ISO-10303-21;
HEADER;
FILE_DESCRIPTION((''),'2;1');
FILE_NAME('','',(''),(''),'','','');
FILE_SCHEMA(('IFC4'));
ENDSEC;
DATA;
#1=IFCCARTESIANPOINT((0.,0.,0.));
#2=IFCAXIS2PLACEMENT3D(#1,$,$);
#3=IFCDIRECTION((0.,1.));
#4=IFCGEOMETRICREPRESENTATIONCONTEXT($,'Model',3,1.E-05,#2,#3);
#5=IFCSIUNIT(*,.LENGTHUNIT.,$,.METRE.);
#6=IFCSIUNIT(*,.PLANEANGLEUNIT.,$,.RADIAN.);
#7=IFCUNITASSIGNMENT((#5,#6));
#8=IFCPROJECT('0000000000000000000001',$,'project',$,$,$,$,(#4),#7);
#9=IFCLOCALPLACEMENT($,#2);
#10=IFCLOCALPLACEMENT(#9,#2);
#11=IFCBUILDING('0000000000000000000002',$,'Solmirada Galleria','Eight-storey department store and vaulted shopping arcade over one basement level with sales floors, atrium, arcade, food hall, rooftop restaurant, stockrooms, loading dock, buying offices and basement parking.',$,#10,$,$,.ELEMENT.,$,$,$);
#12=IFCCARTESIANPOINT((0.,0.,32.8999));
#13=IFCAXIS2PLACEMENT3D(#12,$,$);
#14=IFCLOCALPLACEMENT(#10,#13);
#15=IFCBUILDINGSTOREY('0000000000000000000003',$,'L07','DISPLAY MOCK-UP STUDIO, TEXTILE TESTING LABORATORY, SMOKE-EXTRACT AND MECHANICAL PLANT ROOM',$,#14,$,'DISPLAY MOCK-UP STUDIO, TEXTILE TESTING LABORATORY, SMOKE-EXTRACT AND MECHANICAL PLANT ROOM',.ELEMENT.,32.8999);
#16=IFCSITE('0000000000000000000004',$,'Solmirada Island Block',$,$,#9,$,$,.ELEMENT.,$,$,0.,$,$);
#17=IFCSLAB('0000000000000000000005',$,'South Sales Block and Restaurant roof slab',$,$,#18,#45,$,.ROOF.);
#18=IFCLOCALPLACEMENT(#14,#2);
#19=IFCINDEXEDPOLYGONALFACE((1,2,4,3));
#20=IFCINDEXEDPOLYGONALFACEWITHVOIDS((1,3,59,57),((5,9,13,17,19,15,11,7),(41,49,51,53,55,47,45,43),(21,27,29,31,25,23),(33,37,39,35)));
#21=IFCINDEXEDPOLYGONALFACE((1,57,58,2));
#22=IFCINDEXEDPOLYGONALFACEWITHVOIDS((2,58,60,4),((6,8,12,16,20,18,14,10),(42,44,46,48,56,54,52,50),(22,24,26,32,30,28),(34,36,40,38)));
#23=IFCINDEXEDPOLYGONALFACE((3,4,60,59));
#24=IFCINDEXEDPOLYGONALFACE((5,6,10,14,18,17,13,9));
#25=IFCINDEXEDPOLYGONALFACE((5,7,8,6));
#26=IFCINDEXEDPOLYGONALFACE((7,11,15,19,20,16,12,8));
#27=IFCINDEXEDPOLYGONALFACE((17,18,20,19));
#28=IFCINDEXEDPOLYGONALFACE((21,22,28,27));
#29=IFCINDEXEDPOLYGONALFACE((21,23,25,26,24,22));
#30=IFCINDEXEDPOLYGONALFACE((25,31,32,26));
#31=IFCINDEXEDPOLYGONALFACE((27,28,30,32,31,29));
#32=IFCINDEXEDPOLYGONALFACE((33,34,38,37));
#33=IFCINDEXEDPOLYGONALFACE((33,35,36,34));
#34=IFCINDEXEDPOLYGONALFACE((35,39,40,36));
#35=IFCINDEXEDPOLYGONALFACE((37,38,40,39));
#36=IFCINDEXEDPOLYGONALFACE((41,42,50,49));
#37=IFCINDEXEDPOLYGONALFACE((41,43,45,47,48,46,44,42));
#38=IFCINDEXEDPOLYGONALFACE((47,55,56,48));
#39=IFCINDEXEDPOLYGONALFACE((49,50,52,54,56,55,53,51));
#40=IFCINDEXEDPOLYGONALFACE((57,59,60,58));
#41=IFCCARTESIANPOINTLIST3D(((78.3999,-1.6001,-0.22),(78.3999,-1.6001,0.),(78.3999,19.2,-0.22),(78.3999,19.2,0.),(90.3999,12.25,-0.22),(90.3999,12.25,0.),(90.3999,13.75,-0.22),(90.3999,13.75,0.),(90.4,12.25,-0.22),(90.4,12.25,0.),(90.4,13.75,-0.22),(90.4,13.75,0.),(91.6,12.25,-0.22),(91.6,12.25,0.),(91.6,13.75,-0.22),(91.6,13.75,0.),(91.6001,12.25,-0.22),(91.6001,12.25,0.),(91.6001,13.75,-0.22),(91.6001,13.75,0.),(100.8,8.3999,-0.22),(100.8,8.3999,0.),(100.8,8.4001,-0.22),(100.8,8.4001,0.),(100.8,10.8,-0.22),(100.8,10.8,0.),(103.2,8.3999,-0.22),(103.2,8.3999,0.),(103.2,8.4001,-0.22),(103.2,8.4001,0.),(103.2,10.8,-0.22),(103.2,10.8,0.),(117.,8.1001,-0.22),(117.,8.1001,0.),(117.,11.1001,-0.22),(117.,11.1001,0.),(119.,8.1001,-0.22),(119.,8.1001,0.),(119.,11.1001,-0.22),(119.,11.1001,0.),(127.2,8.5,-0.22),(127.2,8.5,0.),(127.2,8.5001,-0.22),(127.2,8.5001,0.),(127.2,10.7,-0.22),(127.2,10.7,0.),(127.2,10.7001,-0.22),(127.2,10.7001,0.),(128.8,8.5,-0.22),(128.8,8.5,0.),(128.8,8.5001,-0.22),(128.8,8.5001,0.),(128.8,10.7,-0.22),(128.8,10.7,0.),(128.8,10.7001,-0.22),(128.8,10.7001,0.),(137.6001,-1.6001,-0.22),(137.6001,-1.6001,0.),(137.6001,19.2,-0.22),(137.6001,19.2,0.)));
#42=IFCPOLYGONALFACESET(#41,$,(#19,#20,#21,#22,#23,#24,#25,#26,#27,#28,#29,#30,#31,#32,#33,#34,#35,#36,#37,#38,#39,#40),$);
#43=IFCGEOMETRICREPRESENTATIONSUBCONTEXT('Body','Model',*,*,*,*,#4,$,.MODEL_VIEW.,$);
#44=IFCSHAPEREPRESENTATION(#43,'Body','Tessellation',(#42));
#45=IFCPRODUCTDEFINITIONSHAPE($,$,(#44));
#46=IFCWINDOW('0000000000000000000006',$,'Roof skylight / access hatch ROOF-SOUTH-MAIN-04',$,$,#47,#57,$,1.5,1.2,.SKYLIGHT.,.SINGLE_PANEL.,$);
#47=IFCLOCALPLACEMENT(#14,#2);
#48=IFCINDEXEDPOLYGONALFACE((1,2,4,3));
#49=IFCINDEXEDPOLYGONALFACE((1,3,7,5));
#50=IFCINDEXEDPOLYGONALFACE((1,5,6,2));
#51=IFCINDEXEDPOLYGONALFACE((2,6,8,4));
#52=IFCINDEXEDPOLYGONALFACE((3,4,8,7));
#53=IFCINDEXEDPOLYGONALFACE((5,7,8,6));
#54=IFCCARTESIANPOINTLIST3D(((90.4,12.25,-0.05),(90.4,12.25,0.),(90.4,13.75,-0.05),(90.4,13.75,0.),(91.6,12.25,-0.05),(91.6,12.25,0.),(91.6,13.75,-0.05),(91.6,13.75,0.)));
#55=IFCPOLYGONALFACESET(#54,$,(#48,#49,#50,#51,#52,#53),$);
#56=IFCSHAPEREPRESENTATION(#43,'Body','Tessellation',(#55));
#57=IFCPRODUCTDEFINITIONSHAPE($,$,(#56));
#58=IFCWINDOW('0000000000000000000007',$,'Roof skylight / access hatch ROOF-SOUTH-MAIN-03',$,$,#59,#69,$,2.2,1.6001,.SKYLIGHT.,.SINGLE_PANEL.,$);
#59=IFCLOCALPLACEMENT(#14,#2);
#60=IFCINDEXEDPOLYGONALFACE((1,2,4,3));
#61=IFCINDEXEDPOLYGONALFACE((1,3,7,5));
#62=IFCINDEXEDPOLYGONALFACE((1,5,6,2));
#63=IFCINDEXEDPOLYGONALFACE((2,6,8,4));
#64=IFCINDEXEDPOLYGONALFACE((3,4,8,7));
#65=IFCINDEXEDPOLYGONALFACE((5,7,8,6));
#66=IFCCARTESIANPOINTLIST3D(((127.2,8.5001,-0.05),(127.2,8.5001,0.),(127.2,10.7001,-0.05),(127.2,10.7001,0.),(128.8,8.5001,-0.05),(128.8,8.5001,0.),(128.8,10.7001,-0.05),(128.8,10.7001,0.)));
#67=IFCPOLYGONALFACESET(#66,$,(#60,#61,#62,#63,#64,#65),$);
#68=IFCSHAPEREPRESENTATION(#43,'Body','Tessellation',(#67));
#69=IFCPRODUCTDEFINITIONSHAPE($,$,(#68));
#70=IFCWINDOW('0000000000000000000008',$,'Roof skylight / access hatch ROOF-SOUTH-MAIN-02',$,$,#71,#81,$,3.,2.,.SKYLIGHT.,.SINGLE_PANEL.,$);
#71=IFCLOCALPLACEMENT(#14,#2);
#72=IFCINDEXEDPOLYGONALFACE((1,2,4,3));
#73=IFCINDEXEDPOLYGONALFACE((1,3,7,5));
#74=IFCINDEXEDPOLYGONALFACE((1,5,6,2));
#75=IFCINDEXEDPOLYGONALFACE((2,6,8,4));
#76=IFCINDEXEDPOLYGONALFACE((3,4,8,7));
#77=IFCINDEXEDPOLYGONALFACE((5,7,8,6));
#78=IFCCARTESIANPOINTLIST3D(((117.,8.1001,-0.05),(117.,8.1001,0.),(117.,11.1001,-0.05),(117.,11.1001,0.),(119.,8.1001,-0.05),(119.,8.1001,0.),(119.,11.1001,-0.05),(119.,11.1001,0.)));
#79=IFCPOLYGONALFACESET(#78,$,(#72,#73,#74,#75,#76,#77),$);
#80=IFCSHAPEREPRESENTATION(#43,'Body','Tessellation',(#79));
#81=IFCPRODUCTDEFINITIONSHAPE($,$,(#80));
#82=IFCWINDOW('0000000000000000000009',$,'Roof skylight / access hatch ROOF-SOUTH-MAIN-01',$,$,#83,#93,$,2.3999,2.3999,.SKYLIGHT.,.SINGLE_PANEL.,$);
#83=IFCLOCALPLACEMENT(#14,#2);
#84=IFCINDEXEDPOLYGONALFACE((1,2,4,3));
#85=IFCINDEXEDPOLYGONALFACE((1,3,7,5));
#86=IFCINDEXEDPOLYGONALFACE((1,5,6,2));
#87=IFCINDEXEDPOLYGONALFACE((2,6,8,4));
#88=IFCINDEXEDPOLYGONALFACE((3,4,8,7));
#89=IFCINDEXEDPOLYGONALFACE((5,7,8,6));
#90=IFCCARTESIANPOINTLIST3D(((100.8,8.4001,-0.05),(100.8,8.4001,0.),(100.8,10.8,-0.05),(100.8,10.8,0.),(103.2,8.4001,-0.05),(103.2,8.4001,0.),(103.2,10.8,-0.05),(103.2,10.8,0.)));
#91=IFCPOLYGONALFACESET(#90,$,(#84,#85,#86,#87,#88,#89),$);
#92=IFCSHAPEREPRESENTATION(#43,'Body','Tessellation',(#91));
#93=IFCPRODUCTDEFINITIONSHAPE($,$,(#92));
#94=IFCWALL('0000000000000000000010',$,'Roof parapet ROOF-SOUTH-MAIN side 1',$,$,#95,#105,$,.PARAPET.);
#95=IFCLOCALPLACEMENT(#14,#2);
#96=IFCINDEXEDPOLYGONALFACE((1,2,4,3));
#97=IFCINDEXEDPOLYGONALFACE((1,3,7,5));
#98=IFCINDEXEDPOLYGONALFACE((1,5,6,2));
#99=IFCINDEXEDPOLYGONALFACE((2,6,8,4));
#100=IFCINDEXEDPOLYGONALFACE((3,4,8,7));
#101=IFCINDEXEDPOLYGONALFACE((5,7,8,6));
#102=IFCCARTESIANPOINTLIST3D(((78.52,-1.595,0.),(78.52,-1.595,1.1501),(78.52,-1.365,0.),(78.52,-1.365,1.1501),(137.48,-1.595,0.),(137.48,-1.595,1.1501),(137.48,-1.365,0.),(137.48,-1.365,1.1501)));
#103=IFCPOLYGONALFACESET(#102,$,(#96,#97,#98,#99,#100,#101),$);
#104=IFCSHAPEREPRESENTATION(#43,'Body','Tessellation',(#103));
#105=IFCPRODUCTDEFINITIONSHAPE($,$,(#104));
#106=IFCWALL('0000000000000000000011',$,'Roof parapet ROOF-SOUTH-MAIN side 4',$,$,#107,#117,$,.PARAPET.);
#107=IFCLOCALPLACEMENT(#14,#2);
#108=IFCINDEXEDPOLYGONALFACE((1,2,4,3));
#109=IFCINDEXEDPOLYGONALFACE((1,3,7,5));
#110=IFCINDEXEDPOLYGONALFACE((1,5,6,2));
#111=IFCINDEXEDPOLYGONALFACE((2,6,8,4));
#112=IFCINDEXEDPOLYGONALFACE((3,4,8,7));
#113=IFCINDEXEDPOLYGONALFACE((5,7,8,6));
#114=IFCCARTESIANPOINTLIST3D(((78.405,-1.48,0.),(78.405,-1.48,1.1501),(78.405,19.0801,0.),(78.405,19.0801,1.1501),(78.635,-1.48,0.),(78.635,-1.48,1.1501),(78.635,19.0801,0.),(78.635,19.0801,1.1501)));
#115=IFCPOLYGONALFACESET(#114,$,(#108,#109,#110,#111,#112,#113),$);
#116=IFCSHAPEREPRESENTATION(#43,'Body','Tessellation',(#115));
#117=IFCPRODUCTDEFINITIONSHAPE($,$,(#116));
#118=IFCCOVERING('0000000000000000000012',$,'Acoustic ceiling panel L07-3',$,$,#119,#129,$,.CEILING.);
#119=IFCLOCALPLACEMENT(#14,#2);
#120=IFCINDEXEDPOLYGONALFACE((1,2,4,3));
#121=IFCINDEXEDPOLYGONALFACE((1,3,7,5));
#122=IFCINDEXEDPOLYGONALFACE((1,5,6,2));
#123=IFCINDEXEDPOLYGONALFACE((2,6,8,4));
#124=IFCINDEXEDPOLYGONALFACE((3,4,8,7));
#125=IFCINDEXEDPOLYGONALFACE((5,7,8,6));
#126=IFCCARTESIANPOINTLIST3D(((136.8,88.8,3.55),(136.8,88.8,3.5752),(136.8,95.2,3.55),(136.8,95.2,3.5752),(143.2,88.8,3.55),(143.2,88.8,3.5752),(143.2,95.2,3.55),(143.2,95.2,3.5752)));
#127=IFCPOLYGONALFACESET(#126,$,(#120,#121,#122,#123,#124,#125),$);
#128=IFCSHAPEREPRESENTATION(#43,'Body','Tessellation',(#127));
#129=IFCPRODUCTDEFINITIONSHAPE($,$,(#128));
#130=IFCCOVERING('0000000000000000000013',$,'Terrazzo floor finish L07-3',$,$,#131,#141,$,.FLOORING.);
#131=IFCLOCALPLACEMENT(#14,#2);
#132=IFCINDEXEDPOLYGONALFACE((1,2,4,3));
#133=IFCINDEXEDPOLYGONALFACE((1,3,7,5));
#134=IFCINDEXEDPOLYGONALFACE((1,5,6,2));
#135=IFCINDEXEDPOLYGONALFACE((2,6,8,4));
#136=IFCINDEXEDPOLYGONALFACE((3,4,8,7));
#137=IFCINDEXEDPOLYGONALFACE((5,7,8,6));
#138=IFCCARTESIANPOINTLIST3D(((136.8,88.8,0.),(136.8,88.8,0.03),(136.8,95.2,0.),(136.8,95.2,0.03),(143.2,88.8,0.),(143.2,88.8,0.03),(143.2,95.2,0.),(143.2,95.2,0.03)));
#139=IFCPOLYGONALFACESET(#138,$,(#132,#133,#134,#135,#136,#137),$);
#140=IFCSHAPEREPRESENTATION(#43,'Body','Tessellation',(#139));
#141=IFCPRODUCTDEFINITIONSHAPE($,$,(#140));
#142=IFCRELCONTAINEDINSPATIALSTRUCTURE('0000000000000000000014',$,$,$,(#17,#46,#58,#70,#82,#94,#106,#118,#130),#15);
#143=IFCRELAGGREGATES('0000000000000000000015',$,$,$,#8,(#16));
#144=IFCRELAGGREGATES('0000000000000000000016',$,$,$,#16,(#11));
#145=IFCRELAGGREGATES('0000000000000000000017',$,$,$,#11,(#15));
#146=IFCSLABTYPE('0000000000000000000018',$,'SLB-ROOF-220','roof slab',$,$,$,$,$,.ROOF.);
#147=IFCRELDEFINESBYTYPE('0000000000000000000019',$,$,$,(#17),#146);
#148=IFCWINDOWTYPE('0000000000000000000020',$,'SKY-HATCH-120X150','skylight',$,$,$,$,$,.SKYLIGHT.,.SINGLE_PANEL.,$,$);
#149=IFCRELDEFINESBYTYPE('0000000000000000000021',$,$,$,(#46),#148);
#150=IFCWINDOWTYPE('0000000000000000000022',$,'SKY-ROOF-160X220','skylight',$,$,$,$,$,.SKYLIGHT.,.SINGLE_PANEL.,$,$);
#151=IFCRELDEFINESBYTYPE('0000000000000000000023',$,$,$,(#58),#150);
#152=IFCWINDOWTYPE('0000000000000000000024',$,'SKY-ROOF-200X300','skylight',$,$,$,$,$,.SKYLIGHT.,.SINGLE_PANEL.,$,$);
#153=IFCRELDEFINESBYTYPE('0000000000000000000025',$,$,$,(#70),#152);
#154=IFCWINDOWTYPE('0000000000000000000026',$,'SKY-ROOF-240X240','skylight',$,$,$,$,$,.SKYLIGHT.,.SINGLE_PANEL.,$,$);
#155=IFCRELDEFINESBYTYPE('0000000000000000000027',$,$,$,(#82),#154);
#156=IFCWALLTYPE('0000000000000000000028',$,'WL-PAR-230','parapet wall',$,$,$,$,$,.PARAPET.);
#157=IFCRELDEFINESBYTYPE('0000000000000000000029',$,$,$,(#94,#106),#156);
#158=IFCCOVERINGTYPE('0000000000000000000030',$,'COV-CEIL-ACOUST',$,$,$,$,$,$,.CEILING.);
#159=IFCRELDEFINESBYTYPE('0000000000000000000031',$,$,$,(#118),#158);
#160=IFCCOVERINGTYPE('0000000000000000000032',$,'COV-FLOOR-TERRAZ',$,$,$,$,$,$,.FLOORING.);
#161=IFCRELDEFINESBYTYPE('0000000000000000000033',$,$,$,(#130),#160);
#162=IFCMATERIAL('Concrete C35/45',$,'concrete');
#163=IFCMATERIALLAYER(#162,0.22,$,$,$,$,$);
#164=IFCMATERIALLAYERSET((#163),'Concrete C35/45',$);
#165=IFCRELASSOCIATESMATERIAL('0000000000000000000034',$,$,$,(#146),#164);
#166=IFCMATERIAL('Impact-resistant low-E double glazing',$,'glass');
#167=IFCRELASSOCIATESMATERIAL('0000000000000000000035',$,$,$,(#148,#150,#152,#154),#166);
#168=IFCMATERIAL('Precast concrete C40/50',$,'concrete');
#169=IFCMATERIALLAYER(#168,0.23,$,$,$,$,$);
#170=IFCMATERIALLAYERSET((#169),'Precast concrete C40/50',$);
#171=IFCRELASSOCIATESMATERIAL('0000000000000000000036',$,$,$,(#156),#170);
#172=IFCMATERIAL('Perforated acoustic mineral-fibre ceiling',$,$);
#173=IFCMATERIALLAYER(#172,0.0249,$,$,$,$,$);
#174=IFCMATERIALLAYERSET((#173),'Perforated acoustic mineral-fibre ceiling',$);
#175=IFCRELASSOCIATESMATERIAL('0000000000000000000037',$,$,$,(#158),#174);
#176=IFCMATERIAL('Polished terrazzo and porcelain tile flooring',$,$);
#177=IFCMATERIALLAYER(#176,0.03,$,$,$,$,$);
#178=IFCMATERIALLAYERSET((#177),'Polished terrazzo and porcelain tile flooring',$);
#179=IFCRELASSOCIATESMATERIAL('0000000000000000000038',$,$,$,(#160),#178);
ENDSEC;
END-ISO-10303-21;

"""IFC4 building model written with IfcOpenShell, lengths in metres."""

from ifc_helpers import new_model, si_unit, direction, frame, frame_2d, origin, origin_2d, place, context, subcontext, project, spatial, polyline, rectangle, outline, extrude, material, layer, layer_set, type_object, element, fill, save


model = new_model("IFC4")

# Units and contexts
model_context = context("Model", 3, precision=1e-05, world=origin(), true_north=direction((0.0, 1.0)))
body_context = subcontext(model_context, "Body", "Model", "MODEL_VIEW")
ifc_project = project(units=[si_unit("LENGTHUNIT", "METRE"), si_unit("PLANEANGLEUNIT", "RADIAN")], contexts=[model_context])

# Site, building, storey
site_placement = place(None, origin())
site = spatial("IfcSite", under=ifc_project, at=site_placement, Name="Solmirada Island Block", CompositionType="ELEMENT", RefElevation=0.0)
building_placement = place(site_placement, origin())
building = spatial("IfcBuilding", under=site, at=building_placement, Name="Solmirada Galleria", Description="Eight-storey department store and vaulted shopping arcade over one basement level with sales floors, atrium, arcade, food hall, rooftop restaurant, stockrooms, loading dock, buying offices and basement parking.", CompositionType="ELEMENT")
storey_placement = place(building_placement, frame((0.0, 0.0, 32.8999)))
storey = spatial("IfcBuildingStorey", under=building, at=storey_placement, Name="L07", Description="DISPLAY MOCK-UP STUDIO, TEXTILE TESTING LABORATORY, SMOKE-EXTRACT AND MECHANICAL PLANT ROOM", LongName="DISPLAY MOCK-UP STUDIO, TEXTILE TESTING LABORATORY, SMOKE-EXTRACT AND MECHANICAL PLANT ROOM", CompositionType="ELEMENT", Elevation=32.8999)

# Shared definitions
ifc_material_1 = material(Name="Concrete C35/45", Category="concrete")

# Slab, openings, windows
ifc_layer_1 = layer(ifc_material_1, 0.22)
ifc_layer_set_1 = layer_set([ifc_layer_1], Name="Concrete C35/45")
slab_type_1 = type_object("IfcSlabType", Name="SLB-ROOF-220", Description="roof slab", PredefinedType="ROOF", material=ifc_layer_set_1)
slab_1_placement = place(storey_placement, frame((0.0, 0.0, -0.22)))
slab_1 = element("IfcSlab", 1, at=slab_1_placement, inside=storey, type_object=slab_type_1, Name="South Sales Block and Restaurant roof slab", PredefinedType="ROOF", context=body_context, shape_type="SweptSolid", body=[
    extrude(outline(polyline([(78.3999, -1.6001), (137.6001, -1.6001), (137.6001, 19.2), (78.3999, 19.2), (78.3999, -1.6001)]), holes=[polyline([(100.8, 8.3999), (103.2, 8.3999), (103.2, 10.8), (100.8, 10.8), (100.8, 8.3999)]), polyline([(117.0, 8.1001), (119.0, 8.1001), (119.0, 11.1001), (117.0, 11.1001), (117.0, 8.1001)]), polyline([(127.2, 8.5), (128.8, 8.5), (128.8, 10.7), (127.2, 10.7), (127.2, 8.5)]), polyline([(90.3999, 12.25), (91.6001, 12.25), (91.6001, 13.75), (90.3999, 13.75), (90.3999, 12.25)])]), origin(), (0.0, 0.0, 1.0), 0.22),
])
opening_1_placement = place(slab_1_placement, frame((102.0, 9.6001, -0.01)))
opening_1 = element("IfcOpeningElement", 2, at=opening_1_placement, cuts=slab_1, PredefinedType="OPENING", context=body_context, shape_type="SweptSolid", body=[
    extrude(rectangle(XDim=2.3999, YDim=2.3999, at=origin_2d()), origin(), (0.0, 0.0, 1.0), 0.24),
])
opening_2_placement = place(slab_1_placement, frame((118.0, 9.6001, -0.01)))
opening_2 = element("IfcOpeningElement", 3, at=opening_2_placement, cuts=slab_1, PredefinedType="OPENING", context=body_context, shape_type="SweptSolid", body=[
    extrude(rectangle(XDim=2.0, YDim=3.0, at=origin_2d()), origin(), (0.0, 0.0, 1.0), 0.24),
])
opening_3_placement = place(slab_1_placement, frame((128.0, 9.6001, -0.01)))
opening_3 = element("IfcOpeningElement", 4, at=opening_3_placement, cuts=slab_1, PredefinedType="OPENING", context=body_context, shape_type="SweptSolid", body=[
    extrude(rectangle(XDim=1.6001, YDim=2.2, at=origin_2d()), origin(), (0.0, 0.0, 1.0), 0.24),
])
opening_4_placement = place(slab_1_placement, frame((91.0, 13.0, -0.01)))
opening_4 = element("IfcOpeningElement", 5, at=opening_4_placement, cuts=slab_1, PredefinedType="OPENING", context=body_context, shape_type="SweptSolid", body=[
    extrude(rectangle(XDim=1.2, YDim=1.5, at=origin_2d()), origin(), (0.0, 0.0, 1.0), 0.24),
])
ifc_material_2 = material(Name="Impact-resistant low-E double glazing", Category="glass")
window_type_1 = type_object("IfcWindowType", Name="SKY-HATCH-120X150", Description="skylight", PartitioningType="SINGLE_PANEL", PredefinedType="SKYLIGHT", material=ifc_material_2)
window_1_placement = place(slab_1_placement, frame((91.0, 13.0, 0.1699)))
window_1 = element("IfcWindow", 6, at=window_1_placement, inside=storey, type_object=window_type_1, Name="Roof skylight / access hatch ROOF-SOUTH-MAIN-04", OverallHeight=1.5, OverallWidth=1.2, PartitioningType="SINGLE_PANEL", PredefinedType="SKYLIGHT", context=body_context, shape_type="SweptSolid", body=[
    extrude(rectangle(XDim=1.2, YDim=1.5, at=origin_2d()), origin(), (0.0, 0.0, 1.0), 0.05),
])
fill(opening_4, window_1)
window_type_2 = type_object("IfcWindowType", Name="SKY-ROOF-160X220", Description="skylight", PartitioningType="SINGLE_PANEL", PredefinedType="SKYLIGHT", material=ifc_material_2)
window_2_placement = place(slab_1_placement, frame((128.0, 9.6001, 0.1699)))
window_2 = element("IfcWindow", 7, at=window_2_placement, inside=storey, type_object=window_type_2, Name="Roof skylight / access hatch ROOF-SOUTH-MAIN-03", OverallHeight=2.2, OverallWidth=1.6001, PartitioningType="SINGLE_PANEL", PredefinedType="SKYLIGHT", context=body_context, shape_type="SweptSolid", body=[
    extrude(rectangle(XDim=1.6001, YDim=2.2, at=origin_2d()), origin(), (0.0, 0.0, 1.0), 0.05),
])
fill(opening_3, window_2)
window_type_3 = type_object("IfcWindowType", Name="SKY-ROOF-200X300", Description="skylight", PartitioningType="SINGLE_PANEL", PredefinedType="SKYLIGHT", material=ifc_material_2)
window_3_placement = place(slab_1_placement, frame((118.0, 9.6001, 0.1699)))
window_3 = element("IfcWindow", 8, at=window_3_placement, inside=storey, type_object=window_type_3, Name="Roof skylight / access hatch ROOF-SOUTH-MAIN-02", OverallHeight=3.0, OverallWidth=2.0, PartitioningType="SINGLE_PANEL", PredefinedType="SKYLIGHT", context=body_context, shape_type="SweptSolid", body=[
    extrude(rectangle(XDim=2.0, YDim=3.0, at=origin_2d()), origin(), (0.0, 0.0, 1.0), 0.05),
])
fill(opening_2, window_3)
window_type_4 = type_object("IfcWindowType", Name="SKY-ROOF-240X240", Description="skylight", PartitioningType="SINGLE_PANEL", PredefinedType="SKYLIGHT", material=ifc_material_2)
window_4_placement = place(slab_1_placement, frame((102.0, 9.6001, 0.1699)))
window_4 = element("IfcWindow", 9, at=window_4_placement, inside=storey, type_object=window_type_4, Name="Roof skylight / access hatch ROOF-SOUTH-MAIN-01", OverallHeight=2.3999, OverallWidth=2.3999, PartitioningType="SINGLE_PANEL", PredefinedType="SKYLIGHT", context=body_context, shape_type="SweptSolid", body=[
    extrude(rectangle(XDim=2.3999, YDim=2.3999, at=origin_2d()), origin(), (0.0, 0.0, 1.0), 0.05),
])
fill(opening_1, window_4)

# Walls
ifc_material_3 = material(Name="Precast concrete C40/50", Category="concrete")
ifc_layer_2 = layer(ifc_material_3, 0.23)
ifc_layer_set_2 = layer_set([ifc_layer_2], Name="Precast concrete C40/50")
wall_type = type_object("IfcWallType", Name="WL-PAR-230", Description="parapet wall", PredefinedType="PARAPET", material=ifc_layer_set_2)
wall_1_placement = place(storey_placement, frame((78.52, -1.48, 0.0), z_axis=(0.0, 0.0, 1.0), x_axis=(1.0, 0.0, 0.0)))
element("IfcWall", 10, at=wall_1_placement, inside=storey, type_object=wall_type, Name="Roof parapet ROOF-SOUTH-MAIN side 1", PredefinedType="PARAPET", context=body_context, shape_type="SweptSolid", body=[
    extrude(rectangle(XDim=58.96, YDim=0.23, at=frame_2d((29.48, 0.0))), origin(), (0.0, 0.0, 1.0), 1.1501),
])
wall_2_placement = place(storey_placement, frame((78.52, 19.0801, 0.0), z_axis=(0.0, 0.0, 1.0), x_axis=(0.0, -1.0, 0.0)))
element("IfcWall", 11, at=wall_2_placement, inside=storey, type_object=wall_type, Name="Roof parapet ROOF-SOUTH-MAIN side 4", PredefinedType="PARAPET", context=body_context, shape_type="SweptSolid", body=[
    extrude(rectangle(XDim=20.5601, YDim=0.23, at=frame_2d((10.28, 0.0))), origin(), (0.0, 0.0, 1.0), 1.1501),
])

# Coverings
ifc_material_4 = material(Name="Perforated acoustic mineral-fibre ceiling")
ifc_layer_3 = layer(ifc_material_4, 0.0249)
ifc_layer_set_3 = layer_set([ifc_layer_3], Name="Perforated acoustic mineral-fibre ceiling")
covering_type_1 = type_object("IfcCoveringType", Name="COV-CEIL-ACOUST", PredefinedType="CEILING", material=ifc_layer_set_3)
covering_1_placement = place(storey_placement, frame((0.0, 0.0, 3.55)))
element("IfcCovering", 12, at=covering_1_placement, inside=storey, type_object=covering_type_1, Name="Acoustic ceiling panel L07-3", PredefinedType="CEILING", context=body_context, shape_type="SweptSolid", body=[
    extrude(outline(polyline([(136.8, 88.8), (143.2, 88.8), (143.2, 95.2), (136.8, 95.2), (136.8, 88.8)])), origin(), (0.0, 0.0, 1.0), 0.0251),
])
ifc_material_5 = material(Name="Polished terrazzo and porcelain tile flooring")
ifc_layer_4 = layer(ifc_material_5, 0.03)
ifc_layer_set_4 = layer_set([ifc_layer_4], Name="Polished terrazzo and porcelain tile flooring")
covering_type_2 = type_object("IfcCoveringType", Name="COV-FLOOR-TERRAZ", PredefinedType="FLOORING", material=ifc_layer_set_4)
covering_2_placement = place(storey_placement, origin())
element("IfcCovering", 13, at=covering_2_placement, inside=storey, type_object=covering_type_2, Name="Terrazzo floor finish L07-3", PredefinedType="FLOORING", context=body_context, shape_type="SweptSolid", body=[
    extrude(outline(polyline([(136.8, 88.8), (143.2, 88.8), (143.2, 95.2), (136.8, 95.2), (136.8, 88.8)])), origin(), (0.0, 0.0, 1.0), 0.03),
])

save(model, "model.ifc")
